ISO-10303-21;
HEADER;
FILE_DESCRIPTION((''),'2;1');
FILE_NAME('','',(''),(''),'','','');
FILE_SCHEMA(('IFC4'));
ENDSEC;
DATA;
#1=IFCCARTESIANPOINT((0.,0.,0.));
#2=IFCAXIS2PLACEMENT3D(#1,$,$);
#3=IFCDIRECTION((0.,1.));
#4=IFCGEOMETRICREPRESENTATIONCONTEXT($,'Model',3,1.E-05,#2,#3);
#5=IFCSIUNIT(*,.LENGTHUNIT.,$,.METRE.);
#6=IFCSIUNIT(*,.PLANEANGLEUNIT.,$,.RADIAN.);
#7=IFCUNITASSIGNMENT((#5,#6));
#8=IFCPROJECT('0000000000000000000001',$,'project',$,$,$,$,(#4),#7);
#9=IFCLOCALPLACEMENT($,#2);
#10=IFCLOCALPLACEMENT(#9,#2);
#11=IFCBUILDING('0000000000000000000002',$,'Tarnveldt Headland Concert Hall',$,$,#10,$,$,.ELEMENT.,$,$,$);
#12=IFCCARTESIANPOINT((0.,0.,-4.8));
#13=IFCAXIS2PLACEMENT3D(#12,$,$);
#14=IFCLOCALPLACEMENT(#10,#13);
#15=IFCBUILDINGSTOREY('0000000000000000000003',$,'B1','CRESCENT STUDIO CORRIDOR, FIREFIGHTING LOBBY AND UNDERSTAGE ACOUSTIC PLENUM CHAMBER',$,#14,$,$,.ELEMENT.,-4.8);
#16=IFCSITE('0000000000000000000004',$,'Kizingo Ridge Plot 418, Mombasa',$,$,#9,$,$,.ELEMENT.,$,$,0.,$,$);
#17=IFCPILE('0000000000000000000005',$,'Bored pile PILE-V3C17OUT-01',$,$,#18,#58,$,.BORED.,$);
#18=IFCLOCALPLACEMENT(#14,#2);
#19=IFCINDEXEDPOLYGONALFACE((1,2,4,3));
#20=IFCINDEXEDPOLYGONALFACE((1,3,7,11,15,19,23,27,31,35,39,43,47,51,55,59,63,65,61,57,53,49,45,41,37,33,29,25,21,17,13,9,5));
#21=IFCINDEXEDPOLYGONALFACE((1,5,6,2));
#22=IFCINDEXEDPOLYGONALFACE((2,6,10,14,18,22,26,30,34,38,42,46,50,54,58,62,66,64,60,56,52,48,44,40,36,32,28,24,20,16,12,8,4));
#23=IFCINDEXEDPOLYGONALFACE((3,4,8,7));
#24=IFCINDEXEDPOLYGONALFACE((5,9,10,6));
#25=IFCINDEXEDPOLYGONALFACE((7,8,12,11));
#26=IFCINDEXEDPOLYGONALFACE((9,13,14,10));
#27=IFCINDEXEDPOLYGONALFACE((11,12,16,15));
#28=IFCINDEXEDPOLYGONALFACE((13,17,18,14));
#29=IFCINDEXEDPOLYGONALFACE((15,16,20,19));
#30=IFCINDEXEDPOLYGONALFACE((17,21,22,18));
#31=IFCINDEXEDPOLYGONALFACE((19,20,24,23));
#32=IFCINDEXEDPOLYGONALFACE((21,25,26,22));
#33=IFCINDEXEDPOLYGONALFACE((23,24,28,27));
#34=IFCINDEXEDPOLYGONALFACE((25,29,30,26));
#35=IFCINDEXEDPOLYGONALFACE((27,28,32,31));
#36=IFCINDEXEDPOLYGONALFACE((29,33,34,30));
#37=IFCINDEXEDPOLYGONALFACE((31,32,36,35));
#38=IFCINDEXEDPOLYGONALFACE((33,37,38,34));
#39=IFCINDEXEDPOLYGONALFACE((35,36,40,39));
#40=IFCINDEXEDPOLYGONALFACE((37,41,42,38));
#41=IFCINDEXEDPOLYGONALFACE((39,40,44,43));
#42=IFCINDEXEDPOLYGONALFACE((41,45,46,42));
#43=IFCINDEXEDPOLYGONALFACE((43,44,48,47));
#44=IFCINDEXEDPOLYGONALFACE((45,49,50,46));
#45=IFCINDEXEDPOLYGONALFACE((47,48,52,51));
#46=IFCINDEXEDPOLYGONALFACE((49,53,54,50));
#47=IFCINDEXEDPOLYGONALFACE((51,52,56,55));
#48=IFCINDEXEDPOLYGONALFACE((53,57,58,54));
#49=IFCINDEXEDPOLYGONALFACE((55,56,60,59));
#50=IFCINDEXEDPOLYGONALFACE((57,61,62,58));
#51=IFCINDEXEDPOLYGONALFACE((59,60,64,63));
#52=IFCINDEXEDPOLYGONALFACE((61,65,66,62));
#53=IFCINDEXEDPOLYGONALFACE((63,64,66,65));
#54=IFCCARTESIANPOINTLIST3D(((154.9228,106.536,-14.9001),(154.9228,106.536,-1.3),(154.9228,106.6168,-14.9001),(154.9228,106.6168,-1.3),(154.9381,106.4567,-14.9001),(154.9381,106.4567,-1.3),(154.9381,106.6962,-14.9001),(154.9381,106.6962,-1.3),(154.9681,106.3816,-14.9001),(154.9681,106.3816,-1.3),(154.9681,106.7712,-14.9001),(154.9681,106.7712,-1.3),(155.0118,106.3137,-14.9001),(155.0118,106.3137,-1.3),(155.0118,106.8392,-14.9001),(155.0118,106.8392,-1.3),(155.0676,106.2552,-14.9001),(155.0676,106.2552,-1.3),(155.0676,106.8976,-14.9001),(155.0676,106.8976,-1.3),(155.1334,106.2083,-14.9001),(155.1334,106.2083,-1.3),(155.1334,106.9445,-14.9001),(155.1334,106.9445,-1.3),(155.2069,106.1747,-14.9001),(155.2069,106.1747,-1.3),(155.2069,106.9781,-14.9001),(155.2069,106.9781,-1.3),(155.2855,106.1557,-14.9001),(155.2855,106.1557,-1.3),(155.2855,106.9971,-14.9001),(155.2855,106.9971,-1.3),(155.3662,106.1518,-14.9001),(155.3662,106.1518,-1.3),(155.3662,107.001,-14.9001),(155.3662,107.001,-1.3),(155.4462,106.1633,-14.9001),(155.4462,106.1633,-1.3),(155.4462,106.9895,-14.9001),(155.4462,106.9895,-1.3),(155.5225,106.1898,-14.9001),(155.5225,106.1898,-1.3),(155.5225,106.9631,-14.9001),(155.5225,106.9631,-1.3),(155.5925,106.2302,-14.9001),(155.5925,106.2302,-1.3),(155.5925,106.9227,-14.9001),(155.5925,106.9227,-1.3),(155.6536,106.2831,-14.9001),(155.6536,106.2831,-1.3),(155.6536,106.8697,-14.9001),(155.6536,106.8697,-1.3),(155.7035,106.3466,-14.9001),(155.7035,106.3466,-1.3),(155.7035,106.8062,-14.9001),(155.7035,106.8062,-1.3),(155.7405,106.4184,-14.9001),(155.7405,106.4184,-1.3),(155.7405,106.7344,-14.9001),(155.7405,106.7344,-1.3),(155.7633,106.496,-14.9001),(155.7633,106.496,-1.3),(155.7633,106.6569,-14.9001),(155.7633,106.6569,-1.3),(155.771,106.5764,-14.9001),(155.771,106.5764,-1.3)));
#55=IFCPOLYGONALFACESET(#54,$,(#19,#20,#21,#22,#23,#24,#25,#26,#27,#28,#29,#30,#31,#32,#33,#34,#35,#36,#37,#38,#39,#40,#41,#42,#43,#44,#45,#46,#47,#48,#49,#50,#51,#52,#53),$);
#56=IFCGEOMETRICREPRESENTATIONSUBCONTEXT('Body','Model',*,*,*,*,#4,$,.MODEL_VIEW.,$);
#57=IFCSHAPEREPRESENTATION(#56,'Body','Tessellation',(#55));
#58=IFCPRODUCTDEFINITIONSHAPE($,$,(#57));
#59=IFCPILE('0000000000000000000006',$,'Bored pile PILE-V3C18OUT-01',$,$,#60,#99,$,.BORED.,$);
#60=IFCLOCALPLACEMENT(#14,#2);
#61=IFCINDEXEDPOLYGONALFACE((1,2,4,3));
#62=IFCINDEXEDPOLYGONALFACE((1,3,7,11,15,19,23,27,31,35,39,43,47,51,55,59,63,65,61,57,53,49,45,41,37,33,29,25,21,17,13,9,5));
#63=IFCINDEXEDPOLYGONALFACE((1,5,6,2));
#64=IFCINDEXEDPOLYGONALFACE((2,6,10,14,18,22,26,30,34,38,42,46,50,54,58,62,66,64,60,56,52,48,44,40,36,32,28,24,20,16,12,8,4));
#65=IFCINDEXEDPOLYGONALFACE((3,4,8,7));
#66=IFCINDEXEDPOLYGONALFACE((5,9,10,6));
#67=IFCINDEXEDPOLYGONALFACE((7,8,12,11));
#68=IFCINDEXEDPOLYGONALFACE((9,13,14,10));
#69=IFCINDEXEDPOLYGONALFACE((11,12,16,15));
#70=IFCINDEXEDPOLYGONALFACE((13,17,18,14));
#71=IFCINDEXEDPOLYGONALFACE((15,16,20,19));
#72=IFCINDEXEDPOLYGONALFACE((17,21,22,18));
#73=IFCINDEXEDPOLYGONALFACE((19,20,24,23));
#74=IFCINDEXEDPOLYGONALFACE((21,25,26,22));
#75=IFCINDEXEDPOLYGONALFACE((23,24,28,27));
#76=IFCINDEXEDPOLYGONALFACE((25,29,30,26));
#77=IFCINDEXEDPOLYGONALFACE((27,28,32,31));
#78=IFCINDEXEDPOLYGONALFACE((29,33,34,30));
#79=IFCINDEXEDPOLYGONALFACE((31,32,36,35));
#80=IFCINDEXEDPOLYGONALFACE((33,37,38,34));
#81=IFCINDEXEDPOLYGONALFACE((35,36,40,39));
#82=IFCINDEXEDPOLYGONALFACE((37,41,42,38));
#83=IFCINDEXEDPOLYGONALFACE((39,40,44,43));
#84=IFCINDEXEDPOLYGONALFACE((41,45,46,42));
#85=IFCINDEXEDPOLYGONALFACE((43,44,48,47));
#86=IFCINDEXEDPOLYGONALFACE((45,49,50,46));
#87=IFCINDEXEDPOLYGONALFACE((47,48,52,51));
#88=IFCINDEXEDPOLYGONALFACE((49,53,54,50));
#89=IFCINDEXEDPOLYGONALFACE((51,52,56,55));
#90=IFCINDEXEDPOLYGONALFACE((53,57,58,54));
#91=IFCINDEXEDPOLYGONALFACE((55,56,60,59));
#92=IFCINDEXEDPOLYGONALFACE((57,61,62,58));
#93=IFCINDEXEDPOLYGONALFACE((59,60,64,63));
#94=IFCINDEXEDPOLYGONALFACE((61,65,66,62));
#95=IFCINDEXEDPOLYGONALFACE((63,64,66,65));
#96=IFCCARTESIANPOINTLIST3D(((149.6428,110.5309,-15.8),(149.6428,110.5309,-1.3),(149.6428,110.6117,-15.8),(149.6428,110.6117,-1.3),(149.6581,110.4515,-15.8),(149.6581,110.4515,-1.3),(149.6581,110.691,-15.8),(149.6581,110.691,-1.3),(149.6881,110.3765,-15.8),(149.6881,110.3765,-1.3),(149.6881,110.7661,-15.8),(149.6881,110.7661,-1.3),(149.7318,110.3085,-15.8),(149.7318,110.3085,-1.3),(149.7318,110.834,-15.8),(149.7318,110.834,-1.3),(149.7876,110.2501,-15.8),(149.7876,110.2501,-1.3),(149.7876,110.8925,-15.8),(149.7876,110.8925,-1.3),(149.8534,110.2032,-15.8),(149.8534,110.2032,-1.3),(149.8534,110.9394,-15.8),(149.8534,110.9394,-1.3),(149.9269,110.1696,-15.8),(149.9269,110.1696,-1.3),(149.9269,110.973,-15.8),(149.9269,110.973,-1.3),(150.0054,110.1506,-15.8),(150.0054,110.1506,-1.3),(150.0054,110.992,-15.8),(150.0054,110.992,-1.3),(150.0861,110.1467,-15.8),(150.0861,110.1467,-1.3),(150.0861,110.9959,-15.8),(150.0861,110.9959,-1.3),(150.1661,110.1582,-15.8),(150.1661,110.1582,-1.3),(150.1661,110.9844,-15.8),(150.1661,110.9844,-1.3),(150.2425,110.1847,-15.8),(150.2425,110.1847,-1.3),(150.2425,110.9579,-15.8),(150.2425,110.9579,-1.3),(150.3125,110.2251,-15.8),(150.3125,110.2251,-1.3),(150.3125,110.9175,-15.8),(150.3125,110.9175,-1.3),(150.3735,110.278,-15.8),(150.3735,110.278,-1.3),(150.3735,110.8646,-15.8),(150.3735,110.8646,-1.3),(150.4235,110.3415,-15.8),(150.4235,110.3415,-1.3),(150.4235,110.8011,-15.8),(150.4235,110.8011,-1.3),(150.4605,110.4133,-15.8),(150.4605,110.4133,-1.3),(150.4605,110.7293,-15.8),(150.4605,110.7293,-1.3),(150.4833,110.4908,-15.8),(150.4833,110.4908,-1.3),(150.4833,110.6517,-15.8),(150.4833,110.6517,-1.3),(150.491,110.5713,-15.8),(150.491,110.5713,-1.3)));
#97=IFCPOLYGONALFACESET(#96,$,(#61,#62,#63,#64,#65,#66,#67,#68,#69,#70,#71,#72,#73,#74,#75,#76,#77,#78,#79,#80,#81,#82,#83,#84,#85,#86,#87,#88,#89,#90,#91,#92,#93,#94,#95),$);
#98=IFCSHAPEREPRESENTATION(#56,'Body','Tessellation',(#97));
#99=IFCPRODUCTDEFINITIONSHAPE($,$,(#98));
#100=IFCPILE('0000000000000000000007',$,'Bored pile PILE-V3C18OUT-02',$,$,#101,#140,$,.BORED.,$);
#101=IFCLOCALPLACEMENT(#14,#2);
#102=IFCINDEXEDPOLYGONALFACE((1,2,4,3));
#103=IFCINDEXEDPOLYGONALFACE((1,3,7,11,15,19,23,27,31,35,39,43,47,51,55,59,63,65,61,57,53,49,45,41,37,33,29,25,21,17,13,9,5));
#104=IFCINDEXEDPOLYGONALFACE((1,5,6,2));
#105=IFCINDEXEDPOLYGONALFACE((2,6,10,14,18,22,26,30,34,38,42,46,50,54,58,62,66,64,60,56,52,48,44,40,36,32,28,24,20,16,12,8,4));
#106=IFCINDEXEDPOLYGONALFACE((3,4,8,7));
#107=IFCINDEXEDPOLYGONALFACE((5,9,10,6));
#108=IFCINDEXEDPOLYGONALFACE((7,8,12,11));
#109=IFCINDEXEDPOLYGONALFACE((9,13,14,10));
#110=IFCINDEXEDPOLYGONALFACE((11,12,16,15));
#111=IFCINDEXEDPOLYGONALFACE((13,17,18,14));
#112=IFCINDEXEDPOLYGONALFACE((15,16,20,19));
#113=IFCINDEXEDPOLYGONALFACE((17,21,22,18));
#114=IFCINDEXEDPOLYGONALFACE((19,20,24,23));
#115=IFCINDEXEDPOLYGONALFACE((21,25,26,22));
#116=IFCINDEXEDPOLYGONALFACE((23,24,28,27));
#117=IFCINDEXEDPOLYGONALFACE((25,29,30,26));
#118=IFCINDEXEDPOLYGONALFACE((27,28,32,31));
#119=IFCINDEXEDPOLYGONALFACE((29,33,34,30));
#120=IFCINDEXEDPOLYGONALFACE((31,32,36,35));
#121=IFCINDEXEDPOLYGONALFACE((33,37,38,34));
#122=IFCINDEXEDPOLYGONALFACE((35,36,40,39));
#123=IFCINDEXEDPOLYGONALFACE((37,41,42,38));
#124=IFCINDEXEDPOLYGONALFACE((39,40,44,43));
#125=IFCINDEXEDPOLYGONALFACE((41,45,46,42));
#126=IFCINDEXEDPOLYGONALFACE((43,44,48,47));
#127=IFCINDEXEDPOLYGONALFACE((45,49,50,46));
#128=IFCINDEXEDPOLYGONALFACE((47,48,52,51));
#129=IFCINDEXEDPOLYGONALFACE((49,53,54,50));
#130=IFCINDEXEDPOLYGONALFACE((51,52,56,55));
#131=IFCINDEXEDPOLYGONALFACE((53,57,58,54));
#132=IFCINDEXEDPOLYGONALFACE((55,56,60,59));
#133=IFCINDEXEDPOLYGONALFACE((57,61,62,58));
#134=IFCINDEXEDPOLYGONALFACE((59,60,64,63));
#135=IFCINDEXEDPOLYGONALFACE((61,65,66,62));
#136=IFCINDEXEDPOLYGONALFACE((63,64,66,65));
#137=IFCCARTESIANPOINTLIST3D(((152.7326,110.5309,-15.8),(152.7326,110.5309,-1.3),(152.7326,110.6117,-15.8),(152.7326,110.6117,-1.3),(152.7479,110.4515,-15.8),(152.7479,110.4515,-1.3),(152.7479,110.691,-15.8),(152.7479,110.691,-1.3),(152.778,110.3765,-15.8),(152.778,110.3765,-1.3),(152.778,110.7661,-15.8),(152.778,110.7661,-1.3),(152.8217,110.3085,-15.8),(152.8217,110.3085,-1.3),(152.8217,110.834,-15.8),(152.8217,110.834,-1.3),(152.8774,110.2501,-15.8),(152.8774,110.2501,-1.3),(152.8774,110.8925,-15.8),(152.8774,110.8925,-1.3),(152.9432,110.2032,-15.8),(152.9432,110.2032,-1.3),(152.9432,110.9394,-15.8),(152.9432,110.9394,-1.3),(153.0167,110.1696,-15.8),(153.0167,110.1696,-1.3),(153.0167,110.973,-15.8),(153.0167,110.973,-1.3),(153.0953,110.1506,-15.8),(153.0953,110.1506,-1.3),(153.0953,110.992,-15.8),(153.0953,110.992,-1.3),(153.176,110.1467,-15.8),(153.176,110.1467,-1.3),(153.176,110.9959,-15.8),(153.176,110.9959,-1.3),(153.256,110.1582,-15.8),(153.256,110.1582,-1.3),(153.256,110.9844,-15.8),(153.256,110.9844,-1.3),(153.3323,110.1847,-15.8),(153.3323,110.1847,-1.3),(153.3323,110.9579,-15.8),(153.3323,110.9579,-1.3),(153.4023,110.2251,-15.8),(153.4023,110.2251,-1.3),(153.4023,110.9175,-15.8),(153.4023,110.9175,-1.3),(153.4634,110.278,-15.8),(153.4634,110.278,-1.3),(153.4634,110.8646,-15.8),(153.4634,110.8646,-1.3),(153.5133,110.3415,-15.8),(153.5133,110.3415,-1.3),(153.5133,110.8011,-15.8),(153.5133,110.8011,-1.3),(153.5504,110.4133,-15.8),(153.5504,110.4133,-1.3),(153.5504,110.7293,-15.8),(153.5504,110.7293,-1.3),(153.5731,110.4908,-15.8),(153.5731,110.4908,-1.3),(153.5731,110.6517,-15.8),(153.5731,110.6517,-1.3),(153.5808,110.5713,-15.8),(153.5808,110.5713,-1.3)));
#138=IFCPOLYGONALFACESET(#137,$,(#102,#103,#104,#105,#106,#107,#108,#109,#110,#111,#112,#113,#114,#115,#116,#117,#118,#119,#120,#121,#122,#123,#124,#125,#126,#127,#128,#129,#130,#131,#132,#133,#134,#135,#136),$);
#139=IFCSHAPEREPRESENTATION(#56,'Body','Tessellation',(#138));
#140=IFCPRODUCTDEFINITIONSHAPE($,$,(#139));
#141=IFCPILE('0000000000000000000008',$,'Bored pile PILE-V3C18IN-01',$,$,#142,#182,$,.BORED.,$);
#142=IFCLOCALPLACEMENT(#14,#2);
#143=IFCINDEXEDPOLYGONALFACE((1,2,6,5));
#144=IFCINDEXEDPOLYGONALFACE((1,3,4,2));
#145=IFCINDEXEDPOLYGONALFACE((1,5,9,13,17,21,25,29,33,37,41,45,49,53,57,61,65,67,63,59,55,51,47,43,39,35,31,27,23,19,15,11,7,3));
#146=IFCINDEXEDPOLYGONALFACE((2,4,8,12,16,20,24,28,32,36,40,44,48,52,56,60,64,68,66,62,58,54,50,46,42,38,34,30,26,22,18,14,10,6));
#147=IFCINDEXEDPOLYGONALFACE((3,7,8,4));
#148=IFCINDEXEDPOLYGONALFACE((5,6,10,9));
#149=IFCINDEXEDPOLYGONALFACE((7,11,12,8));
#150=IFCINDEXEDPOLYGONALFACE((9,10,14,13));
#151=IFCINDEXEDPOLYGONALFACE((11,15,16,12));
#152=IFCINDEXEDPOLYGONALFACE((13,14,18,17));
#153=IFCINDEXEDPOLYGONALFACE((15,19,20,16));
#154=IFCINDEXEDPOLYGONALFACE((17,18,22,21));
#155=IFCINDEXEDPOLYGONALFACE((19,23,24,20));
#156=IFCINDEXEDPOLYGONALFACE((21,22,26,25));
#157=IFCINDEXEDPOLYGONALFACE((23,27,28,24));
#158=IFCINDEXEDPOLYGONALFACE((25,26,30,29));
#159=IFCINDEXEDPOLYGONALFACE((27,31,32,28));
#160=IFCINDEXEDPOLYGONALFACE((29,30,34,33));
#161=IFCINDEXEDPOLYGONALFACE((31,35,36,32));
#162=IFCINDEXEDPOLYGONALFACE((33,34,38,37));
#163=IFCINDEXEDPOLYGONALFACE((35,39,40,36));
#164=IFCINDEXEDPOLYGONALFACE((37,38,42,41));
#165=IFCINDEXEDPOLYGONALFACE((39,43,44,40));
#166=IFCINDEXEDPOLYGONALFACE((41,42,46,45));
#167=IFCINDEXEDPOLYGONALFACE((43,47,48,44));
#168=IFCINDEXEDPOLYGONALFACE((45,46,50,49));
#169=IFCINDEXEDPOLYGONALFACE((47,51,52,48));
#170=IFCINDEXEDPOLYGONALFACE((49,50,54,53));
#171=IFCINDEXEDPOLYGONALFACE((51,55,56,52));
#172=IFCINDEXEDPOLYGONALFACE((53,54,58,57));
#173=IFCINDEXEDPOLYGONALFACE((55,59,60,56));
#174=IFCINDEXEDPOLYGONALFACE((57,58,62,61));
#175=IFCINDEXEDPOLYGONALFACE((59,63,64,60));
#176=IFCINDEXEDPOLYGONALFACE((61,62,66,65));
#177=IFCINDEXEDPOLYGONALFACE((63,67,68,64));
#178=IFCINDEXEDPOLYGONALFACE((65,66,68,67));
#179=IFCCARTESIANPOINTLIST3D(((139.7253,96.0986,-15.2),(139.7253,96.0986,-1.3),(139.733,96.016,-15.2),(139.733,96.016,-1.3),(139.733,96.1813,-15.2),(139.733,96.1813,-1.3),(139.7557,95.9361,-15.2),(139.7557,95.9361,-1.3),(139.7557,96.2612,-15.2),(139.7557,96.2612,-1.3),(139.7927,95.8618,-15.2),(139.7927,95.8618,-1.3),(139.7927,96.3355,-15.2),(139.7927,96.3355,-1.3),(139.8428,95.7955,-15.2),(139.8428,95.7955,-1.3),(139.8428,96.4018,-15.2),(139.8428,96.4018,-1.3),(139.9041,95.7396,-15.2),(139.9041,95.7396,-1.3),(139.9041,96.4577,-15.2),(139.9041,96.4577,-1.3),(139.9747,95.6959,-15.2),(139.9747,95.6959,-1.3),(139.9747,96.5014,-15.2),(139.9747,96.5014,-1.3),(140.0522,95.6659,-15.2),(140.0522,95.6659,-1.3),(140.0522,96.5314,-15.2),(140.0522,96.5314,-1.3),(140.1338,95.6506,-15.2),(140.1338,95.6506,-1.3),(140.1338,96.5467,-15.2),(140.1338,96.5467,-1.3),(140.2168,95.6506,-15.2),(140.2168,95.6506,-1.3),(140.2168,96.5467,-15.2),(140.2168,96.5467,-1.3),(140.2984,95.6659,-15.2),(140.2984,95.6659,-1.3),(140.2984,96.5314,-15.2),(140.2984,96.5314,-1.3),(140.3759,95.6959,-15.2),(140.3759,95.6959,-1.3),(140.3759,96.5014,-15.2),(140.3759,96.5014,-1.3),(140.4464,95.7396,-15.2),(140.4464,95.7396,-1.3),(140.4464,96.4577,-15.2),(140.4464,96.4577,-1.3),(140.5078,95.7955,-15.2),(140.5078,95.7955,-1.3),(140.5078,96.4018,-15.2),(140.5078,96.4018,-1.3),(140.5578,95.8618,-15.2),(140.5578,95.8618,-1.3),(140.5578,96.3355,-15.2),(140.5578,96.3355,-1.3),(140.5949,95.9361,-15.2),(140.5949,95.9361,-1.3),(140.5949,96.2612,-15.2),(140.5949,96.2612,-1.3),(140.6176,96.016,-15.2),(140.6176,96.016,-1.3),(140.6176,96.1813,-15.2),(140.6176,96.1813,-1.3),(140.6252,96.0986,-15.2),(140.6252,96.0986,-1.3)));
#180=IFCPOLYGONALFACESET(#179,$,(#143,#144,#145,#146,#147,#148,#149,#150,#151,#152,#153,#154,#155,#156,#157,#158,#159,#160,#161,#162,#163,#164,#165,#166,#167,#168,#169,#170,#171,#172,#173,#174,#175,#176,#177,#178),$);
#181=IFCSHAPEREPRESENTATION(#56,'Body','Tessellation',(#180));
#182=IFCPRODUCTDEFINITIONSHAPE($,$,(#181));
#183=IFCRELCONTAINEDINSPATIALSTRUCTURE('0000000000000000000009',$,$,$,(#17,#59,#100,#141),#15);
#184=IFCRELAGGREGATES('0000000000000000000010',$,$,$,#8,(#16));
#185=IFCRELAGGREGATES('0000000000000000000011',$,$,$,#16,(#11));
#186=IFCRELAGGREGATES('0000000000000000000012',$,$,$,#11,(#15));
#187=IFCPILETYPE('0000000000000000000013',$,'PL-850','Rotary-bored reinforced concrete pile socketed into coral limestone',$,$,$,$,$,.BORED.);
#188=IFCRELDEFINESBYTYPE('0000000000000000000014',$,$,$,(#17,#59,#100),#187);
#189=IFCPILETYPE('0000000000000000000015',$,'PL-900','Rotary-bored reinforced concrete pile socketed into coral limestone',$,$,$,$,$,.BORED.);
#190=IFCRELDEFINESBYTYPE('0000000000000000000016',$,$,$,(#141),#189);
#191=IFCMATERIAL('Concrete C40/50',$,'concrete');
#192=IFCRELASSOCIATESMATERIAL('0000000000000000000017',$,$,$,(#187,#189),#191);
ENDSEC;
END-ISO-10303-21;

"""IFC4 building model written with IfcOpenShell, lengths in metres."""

from ifc_helpers import new_model, si_unit, direction, frame, origin, origin_2d, place, context, subcontext, project, spatial, circle, extrude, material, material_profile, profile_set, type_object, element, save


model = new_model("IFC4")

# Units and contexts
model_context = context("Model", 3, precision=1e-05, world=origin(), true_north=direction((0.0, 1.0)))
body_context = subcontext(model_context, "Body", "Model", "MODEL_VIEW")
ifc_project = project(units=[si_unit("LENGTHUNIT", "METRE"), si_unit("PLANEANGLEUNIT", "RADIAN")], contexts=[model_context])

# Site, building, storey
site_placement = place(None, origin())
site = spatial("IfcSite", under=ifc_project, at=site_placement, Name="Kizingo Ridge Plot 418, Mombasa", CompositionType="ELEMENT", RefElevation=0.0)
building_placement = place(site_placement, origin())
building = spatial("IfcBuilding", under=site, at=building_placement, Name="Tarnveldt Headland Concert Hall", CompositionType="ELEMENT")
storey_placement = place(building_placement, frame((0.0, 0.0, -4.8)))
storey = spatial("IfcBuildingStorey", under=building, at=storey_placement, Name="B1", Description="CRESCENT STUDIO CORRIDOR, FIREFIGHTING LOBBY AND UNDERSTAGE ACOUSTIC PLENUM CHAMBER", CompositionType="ELEMENT", Elevation=-4.8)

# Shared definitions
ifc_material_1 = material(Name="Concrete C40/50", Category="concrete")

# Piles
ifc_material_profile_1 = material_profile(ifc_material_1, circle(Radius=0.425, at=origin_2d()), Name="BORED PILE D850", Category="concrete")
ifc_profile_set_1 = profile_set([ifc_material_profile_1], Name="Concrete C40/50")
pile_type_1 = type_object("IfcPileType", Name="PL-850", Description="Rotary-bored reinforced concrete pile socketed into coral limestone", PredefinedType="BORED", material=ifc_profile_set_1)
pile_1_placement = place(storey_placement, frame((155.3459, 106.5764, -1.3), z_axis=(0.0, 0.0, -1.0), x_axis=(1.0, 0.0, 0.0)))
element("IfcPile", 1, at=pile_1_placement, inside=storey, type_object=pile_type_1, Name="Bored pile PILE-V3C17OUT-01", PredefinedType="BORED", context=body_context, shape_type="SweptSolid", body=[
    extrude(circle(Radius=0.425, at=origin_2d()), origin(), (0.0, 0.0, 1.0), 13.6001),
])
for number, where, z_axis, x_axis, name in (
    (2, (150.0659, 110.5713, -1.3), (0.0, 0.0, -1.0), (1.0, 0.0, 0.0), "Bored pile PILE-V3C18OUT-01"),
    (3, (153.1558, 110.5713, -1.3), (0.0, 0.0, -1.0), (1.0, 0.0, 0.0), "Bored pile PILE-V3C18OUT-02"),
):
    element("IfcPile", number, at=place(storey_placement, frame(where, z_axis=z_axis, x_axis=x_axis)), inside=storey, type_object=pile_type_1, Name=name, PredefinedType="BORED", context=body_context, shape_type="SweptSolid", body=[
        extrude(circle(Radius=0.425, at=origin_2d()), origin(), (0.0, 0.0, 1.0), 14.5),
    ])
ifc_material_profile_2 = material_profile(ifc_material_1, circle(Radius=0.45, at=origin_2d()), Name="BORED PILE D900", Category="concrete")
ifc_profile_set_2 = profile_set([ifc_material_profile_2], Name="Concrete C40/50")
pile_type_2 = type_object("IfcPileType", Name="PL-900", Description="Rotary-bored reinforced concrete pile socketed into coral limestone", PredefinedType="BORED", material=ifc_profile_set_2)
for number, where, z_axis, x_axis, name in (
    (4, (140.1753, 96.0986, -1.3), (0.0, 0.0, -1.0), (1.0, 0.0, 0.0), "Bored pile PILE-V3C18IN-01"),
):
    element("IfcPile", number, at=place(storey_placement, frame(where, z_axis=z_axis, x_axis=x_axis)), inside=storey, type_object=pile_type_2, Name=name, PredefinedType="BORED", context=body_context, shape_type="SweptSolid", body=[
        extrude(circle(Radius=0.45, at=origin_2d()), origin(), (0.0, 0.0, 1.0), 13.8999),
    ])

save(model, "model.ifc")
